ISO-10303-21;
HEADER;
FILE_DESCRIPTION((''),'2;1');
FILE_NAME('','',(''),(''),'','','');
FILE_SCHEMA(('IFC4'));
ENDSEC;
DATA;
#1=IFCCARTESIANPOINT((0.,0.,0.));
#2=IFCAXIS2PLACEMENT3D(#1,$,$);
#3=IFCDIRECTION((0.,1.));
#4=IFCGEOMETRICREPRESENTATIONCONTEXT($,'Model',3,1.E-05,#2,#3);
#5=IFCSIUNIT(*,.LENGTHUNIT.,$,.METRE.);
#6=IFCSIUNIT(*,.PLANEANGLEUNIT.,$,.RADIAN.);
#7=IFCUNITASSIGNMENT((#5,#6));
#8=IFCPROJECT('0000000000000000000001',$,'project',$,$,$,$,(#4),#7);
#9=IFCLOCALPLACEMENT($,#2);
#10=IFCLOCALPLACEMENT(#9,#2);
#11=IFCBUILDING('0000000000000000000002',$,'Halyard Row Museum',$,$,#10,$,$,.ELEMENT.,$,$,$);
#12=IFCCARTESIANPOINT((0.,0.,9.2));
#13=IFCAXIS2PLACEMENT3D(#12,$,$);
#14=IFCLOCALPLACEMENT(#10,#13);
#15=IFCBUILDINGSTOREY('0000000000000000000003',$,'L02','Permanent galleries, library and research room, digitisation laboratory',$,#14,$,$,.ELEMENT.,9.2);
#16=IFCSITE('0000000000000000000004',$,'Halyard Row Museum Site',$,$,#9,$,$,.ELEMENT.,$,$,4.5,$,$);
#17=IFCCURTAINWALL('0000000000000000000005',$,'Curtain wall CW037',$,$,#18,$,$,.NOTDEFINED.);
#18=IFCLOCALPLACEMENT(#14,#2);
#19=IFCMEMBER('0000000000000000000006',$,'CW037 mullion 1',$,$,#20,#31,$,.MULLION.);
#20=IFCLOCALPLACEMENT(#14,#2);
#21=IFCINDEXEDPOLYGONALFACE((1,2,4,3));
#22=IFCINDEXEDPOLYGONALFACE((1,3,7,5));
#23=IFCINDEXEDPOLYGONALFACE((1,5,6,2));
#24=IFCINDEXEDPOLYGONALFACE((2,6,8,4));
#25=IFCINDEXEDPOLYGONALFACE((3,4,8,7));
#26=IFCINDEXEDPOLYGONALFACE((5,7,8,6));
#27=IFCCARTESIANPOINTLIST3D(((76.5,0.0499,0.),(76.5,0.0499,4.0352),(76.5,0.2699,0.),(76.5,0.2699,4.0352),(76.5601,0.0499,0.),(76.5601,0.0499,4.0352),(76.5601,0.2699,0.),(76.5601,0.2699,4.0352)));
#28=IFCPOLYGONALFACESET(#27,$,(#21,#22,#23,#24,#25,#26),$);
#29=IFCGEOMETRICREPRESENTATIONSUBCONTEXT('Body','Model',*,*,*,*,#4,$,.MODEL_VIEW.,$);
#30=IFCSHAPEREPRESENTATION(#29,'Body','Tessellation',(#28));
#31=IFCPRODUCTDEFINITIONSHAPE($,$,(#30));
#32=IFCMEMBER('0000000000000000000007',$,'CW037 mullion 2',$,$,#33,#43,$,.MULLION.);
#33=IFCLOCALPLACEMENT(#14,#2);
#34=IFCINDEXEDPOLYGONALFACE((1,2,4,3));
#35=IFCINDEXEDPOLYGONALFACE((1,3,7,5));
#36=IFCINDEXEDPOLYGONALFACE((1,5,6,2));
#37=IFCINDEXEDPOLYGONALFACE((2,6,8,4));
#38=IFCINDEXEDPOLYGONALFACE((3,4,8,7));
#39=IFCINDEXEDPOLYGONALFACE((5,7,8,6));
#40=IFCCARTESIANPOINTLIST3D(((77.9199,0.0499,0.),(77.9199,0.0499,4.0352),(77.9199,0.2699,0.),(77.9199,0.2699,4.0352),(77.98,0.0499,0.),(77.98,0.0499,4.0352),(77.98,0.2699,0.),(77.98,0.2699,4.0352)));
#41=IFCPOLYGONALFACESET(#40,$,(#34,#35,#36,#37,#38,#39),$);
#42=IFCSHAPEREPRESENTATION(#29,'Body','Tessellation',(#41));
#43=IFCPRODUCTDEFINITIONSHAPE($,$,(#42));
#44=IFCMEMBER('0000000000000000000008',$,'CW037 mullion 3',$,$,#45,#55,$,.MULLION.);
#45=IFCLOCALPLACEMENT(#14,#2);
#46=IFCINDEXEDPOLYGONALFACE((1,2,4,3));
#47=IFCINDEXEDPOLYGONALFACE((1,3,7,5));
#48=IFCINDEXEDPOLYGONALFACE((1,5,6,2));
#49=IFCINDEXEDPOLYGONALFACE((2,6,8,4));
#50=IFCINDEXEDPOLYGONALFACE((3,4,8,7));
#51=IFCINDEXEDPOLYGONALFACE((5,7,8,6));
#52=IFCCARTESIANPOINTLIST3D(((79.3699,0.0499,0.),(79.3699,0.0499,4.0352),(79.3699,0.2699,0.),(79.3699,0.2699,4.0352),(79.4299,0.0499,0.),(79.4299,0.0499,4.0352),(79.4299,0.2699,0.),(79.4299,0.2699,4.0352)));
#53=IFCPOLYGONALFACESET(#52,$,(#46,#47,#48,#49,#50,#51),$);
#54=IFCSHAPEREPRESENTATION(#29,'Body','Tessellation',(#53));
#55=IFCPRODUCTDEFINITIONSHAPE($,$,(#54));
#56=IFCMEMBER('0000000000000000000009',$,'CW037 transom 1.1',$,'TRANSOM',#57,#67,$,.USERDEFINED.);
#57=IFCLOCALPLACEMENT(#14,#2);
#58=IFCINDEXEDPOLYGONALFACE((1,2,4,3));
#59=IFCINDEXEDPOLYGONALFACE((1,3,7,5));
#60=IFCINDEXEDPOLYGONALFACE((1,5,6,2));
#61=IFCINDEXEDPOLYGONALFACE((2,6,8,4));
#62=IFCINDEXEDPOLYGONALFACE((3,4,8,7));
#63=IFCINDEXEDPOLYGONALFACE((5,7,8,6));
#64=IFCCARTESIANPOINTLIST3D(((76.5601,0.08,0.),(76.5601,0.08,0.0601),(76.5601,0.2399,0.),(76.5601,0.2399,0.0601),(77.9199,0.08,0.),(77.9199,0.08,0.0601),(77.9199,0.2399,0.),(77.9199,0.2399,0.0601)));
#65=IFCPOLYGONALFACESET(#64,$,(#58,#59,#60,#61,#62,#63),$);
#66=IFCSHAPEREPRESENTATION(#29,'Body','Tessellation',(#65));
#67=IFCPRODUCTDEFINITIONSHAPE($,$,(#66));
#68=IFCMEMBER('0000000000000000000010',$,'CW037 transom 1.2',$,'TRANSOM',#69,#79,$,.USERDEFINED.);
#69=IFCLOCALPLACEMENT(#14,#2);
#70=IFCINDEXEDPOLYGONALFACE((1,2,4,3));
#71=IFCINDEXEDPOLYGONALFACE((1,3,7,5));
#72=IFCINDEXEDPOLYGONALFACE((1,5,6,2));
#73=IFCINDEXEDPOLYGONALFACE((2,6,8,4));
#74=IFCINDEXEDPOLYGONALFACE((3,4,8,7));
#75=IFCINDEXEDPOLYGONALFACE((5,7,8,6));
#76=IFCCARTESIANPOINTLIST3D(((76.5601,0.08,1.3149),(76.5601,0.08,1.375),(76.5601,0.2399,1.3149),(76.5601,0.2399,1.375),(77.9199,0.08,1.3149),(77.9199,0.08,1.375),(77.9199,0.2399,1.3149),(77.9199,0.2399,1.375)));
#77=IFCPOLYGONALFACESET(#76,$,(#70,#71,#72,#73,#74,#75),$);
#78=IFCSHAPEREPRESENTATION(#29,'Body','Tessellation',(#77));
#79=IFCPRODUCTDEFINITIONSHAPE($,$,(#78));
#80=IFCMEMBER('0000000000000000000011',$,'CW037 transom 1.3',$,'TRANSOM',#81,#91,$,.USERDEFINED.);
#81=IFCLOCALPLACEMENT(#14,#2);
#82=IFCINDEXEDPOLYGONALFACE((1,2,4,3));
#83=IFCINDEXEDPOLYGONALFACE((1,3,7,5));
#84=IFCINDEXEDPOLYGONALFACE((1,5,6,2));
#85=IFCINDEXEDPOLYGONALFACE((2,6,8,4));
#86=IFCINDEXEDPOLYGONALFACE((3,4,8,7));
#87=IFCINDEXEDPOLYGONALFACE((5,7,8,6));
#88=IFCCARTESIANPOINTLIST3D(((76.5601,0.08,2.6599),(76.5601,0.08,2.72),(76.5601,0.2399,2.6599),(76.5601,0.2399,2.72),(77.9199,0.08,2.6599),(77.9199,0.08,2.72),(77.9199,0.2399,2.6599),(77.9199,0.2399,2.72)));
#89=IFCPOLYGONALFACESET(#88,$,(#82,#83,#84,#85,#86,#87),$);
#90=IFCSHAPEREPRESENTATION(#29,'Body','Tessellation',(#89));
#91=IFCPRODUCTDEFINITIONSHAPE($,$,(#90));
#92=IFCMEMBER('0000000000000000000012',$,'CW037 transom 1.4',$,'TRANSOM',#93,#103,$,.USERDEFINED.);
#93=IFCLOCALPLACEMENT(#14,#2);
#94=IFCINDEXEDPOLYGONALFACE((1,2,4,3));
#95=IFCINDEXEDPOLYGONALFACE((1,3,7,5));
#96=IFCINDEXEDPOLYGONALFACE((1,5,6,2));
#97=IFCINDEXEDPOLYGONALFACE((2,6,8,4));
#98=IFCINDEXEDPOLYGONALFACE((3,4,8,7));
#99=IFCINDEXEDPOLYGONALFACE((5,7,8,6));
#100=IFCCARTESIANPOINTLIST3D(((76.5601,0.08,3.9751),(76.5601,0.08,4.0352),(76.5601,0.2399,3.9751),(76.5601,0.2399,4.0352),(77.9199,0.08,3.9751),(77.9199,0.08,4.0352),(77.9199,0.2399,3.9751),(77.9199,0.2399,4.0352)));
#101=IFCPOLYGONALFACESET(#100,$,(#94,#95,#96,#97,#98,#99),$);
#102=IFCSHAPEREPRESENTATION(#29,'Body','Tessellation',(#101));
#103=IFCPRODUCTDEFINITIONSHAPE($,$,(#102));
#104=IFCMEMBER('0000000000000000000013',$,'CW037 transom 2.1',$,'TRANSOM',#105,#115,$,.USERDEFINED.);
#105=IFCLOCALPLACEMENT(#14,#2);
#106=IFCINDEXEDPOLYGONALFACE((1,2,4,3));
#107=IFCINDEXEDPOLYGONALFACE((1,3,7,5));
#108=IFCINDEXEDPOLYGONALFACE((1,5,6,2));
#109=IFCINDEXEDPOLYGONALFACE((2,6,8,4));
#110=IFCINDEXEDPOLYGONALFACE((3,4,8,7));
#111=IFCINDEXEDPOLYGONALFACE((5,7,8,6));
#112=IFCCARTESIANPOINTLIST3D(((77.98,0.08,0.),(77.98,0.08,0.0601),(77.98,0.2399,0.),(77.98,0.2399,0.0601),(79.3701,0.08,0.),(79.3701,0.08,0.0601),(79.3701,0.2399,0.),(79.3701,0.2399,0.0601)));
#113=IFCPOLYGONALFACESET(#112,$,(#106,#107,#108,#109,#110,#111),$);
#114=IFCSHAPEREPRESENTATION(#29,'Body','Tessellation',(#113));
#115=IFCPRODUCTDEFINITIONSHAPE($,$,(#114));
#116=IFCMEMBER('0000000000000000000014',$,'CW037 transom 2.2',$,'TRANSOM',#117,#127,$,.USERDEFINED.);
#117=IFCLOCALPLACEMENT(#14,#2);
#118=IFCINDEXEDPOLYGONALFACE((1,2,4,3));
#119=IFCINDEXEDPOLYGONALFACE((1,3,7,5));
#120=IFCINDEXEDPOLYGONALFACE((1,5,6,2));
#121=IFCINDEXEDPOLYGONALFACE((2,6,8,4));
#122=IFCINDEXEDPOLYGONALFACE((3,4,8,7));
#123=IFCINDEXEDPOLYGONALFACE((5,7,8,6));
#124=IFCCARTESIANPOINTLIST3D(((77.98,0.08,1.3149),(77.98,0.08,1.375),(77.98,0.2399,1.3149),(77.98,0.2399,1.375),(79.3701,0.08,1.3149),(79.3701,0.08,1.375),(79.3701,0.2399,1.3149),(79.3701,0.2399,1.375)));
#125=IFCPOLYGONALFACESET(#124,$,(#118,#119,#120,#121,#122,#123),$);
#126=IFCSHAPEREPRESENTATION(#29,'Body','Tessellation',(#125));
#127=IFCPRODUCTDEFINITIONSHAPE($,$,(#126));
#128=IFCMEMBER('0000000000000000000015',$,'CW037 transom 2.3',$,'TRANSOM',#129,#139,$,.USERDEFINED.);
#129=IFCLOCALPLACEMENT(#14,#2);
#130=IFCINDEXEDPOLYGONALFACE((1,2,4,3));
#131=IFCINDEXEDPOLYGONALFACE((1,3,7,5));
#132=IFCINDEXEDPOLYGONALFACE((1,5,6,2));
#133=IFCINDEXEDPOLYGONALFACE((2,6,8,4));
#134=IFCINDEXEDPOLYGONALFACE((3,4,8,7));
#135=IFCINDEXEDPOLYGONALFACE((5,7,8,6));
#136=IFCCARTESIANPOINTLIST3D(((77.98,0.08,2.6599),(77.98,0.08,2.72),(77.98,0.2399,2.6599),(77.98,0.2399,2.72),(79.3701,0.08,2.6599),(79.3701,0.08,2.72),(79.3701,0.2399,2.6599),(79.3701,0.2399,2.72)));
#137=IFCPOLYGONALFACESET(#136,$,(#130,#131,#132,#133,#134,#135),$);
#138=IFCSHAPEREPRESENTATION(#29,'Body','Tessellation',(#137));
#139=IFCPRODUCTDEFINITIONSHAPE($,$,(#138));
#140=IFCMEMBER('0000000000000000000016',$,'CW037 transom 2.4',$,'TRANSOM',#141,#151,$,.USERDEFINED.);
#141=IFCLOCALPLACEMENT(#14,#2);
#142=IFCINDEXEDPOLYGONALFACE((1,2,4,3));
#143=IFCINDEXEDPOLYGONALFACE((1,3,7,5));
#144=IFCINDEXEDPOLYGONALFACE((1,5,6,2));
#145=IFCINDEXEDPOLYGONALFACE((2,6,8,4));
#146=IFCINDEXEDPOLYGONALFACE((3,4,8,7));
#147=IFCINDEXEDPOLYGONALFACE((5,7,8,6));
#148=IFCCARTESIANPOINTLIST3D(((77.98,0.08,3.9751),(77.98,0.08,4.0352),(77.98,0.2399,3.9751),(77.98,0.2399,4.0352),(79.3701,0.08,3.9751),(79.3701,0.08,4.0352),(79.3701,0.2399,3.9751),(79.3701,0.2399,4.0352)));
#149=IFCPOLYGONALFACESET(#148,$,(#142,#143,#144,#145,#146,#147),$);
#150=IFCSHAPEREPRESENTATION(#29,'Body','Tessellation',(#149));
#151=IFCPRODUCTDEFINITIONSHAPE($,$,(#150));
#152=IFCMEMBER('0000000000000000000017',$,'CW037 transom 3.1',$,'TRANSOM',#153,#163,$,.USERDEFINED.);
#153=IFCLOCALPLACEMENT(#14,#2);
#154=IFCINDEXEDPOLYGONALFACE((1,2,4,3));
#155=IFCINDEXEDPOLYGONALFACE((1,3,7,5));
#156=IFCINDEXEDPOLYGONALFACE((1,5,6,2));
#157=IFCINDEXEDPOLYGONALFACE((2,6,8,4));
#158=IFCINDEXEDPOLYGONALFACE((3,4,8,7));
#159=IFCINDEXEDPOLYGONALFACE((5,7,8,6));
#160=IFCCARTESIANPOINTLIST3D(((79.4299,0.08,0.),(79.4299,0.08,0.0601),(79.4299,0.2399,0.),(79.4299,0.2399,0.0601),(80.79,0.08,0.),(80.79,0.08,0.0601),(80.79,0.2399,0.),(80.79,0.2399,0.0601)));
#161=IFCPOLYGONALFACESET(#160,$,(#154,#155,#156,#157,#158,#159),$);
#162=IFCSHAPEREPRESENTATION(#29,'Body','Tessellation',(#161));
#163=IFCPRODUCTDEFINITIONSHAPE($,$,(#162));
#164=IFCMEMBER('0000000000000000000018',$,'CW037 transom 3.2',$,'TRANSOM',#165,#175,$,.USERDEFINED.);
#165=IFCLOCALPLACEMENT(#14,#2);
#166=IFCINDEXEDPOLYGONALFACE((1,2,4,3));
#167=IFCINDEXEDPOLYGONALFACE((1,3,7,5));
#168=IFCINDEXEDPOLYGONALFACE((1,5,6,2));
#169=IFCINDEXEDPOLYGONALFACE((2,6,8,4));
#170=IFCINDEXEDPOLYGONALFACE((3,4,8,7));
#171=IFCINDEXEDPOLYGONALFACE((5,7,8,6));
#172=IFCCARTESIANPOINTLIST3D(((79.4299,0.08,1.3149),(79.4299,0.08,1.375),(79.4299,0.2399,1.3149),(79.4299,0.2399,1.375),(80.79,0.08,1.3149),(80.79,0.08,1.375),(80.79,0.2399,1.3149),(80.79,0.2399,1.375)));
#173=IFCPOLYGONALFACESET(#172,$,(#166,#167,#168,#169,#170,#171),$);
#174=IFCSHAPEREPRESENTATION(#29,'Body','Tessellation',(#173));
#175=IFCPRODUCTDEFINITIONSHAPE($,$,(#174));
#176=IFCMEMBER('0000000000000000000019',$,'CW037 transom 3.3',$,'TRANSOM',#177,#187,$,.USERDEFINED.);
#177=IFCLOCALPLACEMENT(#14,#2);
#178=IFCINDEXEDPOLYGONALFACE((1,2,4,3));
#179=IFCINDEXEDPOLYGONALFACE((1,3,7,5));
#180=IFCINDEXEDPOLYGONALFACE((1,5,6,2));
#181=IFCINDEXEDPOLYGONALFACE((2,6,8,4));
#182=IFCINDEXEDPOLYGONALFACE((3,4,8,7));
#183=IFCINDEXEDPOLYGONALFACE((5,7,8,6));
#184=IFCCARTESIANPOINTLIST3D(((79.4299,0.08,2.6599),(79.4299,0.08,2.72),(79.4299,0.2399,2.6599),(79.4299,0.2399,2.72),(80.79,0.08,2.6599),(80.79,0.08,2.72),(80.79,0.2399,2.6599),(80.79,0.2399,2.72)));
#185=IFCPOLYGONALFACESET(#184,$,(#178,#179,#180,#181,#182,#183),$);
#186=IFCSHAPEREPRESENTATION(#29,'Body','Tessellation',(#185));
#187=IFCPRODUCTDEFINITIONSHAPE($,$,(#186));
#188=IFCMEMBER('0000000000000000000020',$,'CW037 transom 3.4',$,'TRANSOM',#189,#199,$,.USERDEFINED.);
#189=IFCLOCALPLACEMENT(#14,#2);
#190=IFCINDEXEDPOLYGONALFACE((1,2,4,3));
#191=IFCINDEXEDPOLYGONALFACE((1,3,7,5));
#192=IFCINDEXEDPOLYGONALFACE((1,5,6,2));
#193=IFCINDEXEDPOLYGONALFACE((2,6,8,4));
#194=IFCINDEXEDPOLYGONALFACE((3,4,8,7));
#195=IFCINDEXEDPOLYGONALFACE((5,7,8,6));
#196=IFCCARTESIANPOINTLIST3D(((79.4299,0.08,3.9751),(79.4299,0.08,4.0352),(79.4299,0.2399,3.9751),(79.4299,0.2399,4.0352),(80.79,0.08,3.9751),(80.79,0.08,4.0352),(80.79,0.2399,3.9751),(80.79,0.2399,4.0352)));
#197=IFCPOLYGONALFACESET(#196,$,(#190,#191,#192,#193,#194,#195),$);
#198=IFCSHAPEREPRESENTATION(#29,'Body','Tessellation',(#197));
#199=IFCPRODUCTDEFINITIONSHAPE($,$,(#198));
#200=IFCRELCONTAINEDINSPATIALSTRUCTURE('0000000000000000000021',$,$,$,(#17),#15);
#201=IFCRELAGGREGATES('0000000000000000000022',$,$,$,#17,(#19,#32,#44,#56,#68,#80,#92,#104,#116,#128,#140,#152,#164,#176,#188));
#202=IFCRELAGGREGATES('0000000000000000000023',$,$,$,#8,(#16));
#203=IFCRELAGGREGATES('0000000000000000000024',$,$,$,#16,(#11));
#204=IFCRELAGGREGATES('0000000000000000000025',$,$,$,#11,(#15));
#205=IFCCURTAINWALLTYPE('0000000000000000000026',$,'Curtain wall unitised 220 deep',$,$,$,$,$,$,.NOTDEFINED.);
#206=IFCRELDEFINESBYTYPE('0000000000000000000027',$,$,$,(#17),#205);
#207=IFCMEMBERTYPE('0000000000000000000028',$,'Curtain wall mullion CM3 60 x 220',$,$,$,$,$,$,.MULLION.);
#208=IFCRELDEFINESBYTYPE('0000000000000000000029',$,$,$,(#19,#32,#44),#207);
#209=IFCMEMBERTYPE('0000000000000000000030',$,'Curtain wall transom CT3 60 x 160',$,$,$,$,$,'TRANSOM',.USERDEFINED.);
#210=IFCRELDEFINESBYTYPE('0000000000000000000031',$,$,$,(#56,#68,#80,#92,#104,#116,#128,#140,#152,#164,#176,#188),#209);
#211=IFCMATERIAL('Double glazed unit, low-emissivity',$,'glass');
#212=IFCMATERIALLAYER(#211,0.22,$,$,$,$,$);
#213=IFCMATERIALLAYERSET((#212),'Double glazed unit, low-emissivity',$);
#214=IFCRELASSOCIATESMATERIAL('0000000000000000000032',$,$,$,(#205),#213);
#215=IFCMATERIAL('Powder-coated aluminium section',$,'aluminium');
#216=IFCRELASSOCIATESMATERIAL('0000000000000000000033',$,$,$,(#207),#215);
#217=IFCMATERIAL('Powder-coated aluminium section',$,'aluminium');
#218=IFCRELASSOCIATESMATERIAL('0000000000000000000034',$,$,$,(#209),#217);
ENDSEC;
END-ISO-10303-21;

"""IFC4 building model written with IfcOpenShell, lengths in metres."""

from ifc_helpers import new_model, si_unit, direction, frame, origin, origin_2d, place, context, subcontext, project, spatial, rectangle, extrude, material, layer, layer_set, material_profile, profile_set, type_object, element, aggregate, save


model = new_model("IFC4")

# Units and contexts
model_context = context("Model", 3, precision=1e-05, world=origin(), true_north=direction((0.0, 1.0)))
body_context = subcontext(model_context, "Body", "Model", "MODEL_VIEW")
ifc_project = project(units=[si_unit("LENGTHUNIT", "METRE"), si_unit("PLANEANGLEUNIT", "RADIAN")], contexts=[model_context])

# Site, building, storey
site_placement = place(None, origin())
site = spatial("IfcSite", under=ifc_project, at=site_placement, Name="Halyard Row Museum Site", CompositionType="ELEMENT", RefElevation=4.5)
building_placement = place(site_placement, origin())
building = spatial("IfcBuilding", under=site, at=building_placement, Name="Halyard Row Museum", CompositionType="ELEMENT")
storey_placement = place(building_placement, frame((0.0, 0.0, 9.2)))
storey = spatial("IfcBuildingStorey", under=building, at=storey_placement, Name="L02", Description="Permanent galleries, library and research room, digitisation laboratory", CompositionType="ELEMENT", Elevation=9.2)

# Curtain wall, members
ifc_material_1 = material(Name="Double glazed unit, low-emissivity", Category="glass")
ifc_layer_1 = layer(ifc_material_1, 0.22)
ifc_layer_set_1 = layer_set([ifc_layer_1], Name="Double glazed unit, low-emissivity")
curtain_wall_type = type_object("IfcCurtainWallType", Name="Curtain wall unitised 220 deep", PredefinedType="NOTDEFINED", material=ifc_layer_set_1)
curtain_wall_placement = place(storey_placement, origin())
curtain_wall = element("IfcCurtainWall", 1, at=curtain_wall_placement, inside=storey, type_object=curtain_wall_type, Name="Curtain wall CW037", PredefinedType="NOTDEFINED")
ifc_material_2 = material(Name="Powder-coated aluminium section", Category="aluminium")
ifc_material_profile_1 = material_profile(ifc_material_2, rectangle(XDim=0.22, YDim=0.0601, at=origin_2d()), Name="220x60 mullion")
ifc_profile_set_1 = profile_set([ifc_material_profile_1], Name="Powder-coated aluminium section")
member_type_1 = type_object("IfcMemberType", Name="Curtain wall mullion CM3 60 x 220", PredefinedType="MULLION", material=ifc_profile_set_1)
member_1_placement = place(storey_placement, frame((76.53, 0.1599, 0.0), z_axis=(0.0, 0.0, 1.0), x_axis=(0.0, 1.0, 0.0)))
member_1 = element("IfcMember", 2, at=member_1_placement, type_object=member_type_1, Name="CW037 mullion 1", PredefinedType="MULLION", context=body_context, shape_type="SweptSolid", body=[
    extrude(rectangle(XDim=0.22, YDim=0.0601, at=origin_2d()), origin(), (0.0, 0.0, 1.0), 4.0352),
])
member_2_placement = place(storey_placement, frame((77.95, 0.1599, 0.0), z_axis=(0.0, 0.0, 1.0), x_axis=(0.0, 1.0, 0.0)))
member_2 = element("IfcMember", 3, at=member_2_placement, type_object=member_type_1, Name="CW037 mullion 2", PredefinedType="MULLION", context=body_context, shape_type="SweptSolid", body=[
    extrude(rectangle(XDim=0.22, YDim=0.0601, at=origin_2d()), origin(), (0.0, 0.0, 1.0), 4.0352),
])
member_3_placement = place(storey_placement, frame((79.3999, 0.1599, 0.0), z_axis=(0.0, 0.0, 1.0), x_axis=(0.0, 1.0, 0.0)))
member_3 = element("IfcMember", 4, at=member_3_placement, type_object=member_type_1, Name="CW037 mullion 3", PredefinedType="MULLION", context=body_context, shape_type="SweptSolid", body=[
    extrude(rectangle(XDim=0.22, YDim=0.0601, at=origin_2d()), origin(), (0.0, 0.0, 1.0), 4.0352),
])
ifc_material_3 = material(Name="Powder-coated aluminium section", Category="aluminium")
ifc_material_profile_2 = material_profile(ifc_material_3, rectangle(XDim=0.1599, YDim=0.0601, at=origin_2d()), Name="160x60 transom")
ifc_profile_set_2 = profile_set([ifc_material_profile_2], Name="Powder-coated aluminium section")
member_type_2 = type_object("IfcMemberType", Name="Curtain wall transom CT3 60 x 160", ElementType="TRANSOM", PredefinedType="USERDEFINED", material=ifc_profile_set_2)
member_4_placement = place(storey_placement, frame((76.5601, 0.1599, 0.03), z_axis=(1.0, 0.0, 0.0), x_axis=(0.0, 1.0, 0.0)))
member_4 = element("IfcMember", 5, at=member_4_placement, type_object=member_type_2, Name="CW037 transom 1.1", ObjectType="TRANSOM", PredefinedType="USERDEFINED", context=body_context, shape_type="SweptSolid", body=[
    extrude(rectangle(XDim=0.1599, YDim=0.0601, at=origin_2d()), origin(), (0.0, 0.0, 1.0), 1.3599),
])
member_5_placement = place(storey_placement, frame((76.5601, 0.1599, 1.345), z_axis=(1.0, 0.0, 0.0), x_axis=(0.0, 1.0, 0.0)))
member_5 = element("IfcMember", 6, at=member_5_placement, type_object=member_type_2, Name="CW037 transom 1.2", ObjectType="TRANSOM", PredefinedType="USERDEFINED", context=body_context, shape_type="SweptSolid", body=[
    extrude(rectangle(XDim=0.1599, YDim=0.0601, at=origin_2d()), origin(), (0.0, 0.0, 1.0), 1.3599),
])
member_6_placement = place(storey_placement, frame((76.5601, 0.1599, 2.6899), z_axis=(1.0, 0.0, 0.0), x_axis=(0.0, 1.0, 0.0)))
member_6 = element("IfcMember", 7, at=member_6_placement, type_object=member_type_2, Name="CW037 transom 1.3", ObjectType="TRANSOM", PredefinedType="USERDEFINED", context=body_context, shape_type="SweptSolid", body=[
    extrude(rectangle(XDim=0.1599, YDim=0.0601, at=origin_2d()), origin(), (0.0, 0.0, 1.0), 1.3599),
])
member_7_placement = place(storey_placement, frame((76.5601, 0.1599, 4.0051), z_axis=(1.0, 0.0, 0.0), x_axis=(0.0, 1.0, 0.0)))
member_7 = element("IfcMember", 8, at=member_7_placement, type_object=member_type_2, Name="CW037 transom 1.4", ObjectType="TRANSOM", PredefinedType="USERDEFINED", context=body_context, shape_type="SweptSolid", body=[
    extrude(rectangle(XDim=0.1599, YDim=0.0601, at=origin_2d()), origin(), (0.0, 0.0, 1.0), 1.3599),
])
member_8_placement = place(storey_placement, frame((77.98, 0.1599, 0.03), z_axis=(1.0, 0.0, 0.0), x_axis=(0.0, 1.0, 0.0)))
member_8 = element("IfcMember", 9, at=member_8_placement, type_object=member_type_2, Name="CW037 transom 2.1", ObjectType="TRANSOM", PredefinedType="USERDEFINED", context=body_context, shape_type="SweptSolid", body=[
    extrude(rectangle(XDim=0.1599, YDim=0.0601, at=origin_2d()), origin(), (0.0, 0.0, 1.0), 1.3901),
])
member_9_placement = place(storey_placement, frame((77.98, 0.1599, 1.345), z_axis=(1.0, 0.0, 0.0), x_axis=(0.0, 1.0, 0.0)))
member_9 = element("IfcMember", 10, at=member_9_placement, type_object=member_type_2, Name="CW037 transom 2.2", ObjectType="TRANSOM", PredefinedType="USERDEFINED", context=body_context, shape_type="SweptSolid", body=[
    extrude(rectangle(XDim=0.1599, YDim=0.0601, at=origin_2d()), origin(), (0.0, 0.0, 1.0), 1.3901),
])
member_10_placement = place(storey_placement, frame((77.98, 0.1599, 2.6899), z_axis=(1.0, 0.0, 0.0), x_axis=(0.0, 1.0, 0.0)))
member_10 = element("IfcMember", 11, at=member_10_placement, type_object=member_type_2, Name="CW037 transom 2.3", ObjectType="TRANSOM", PredefinedType="USERDEFINED", context=body_context, shape_type="SweptSolid", body=[
    extrude(rectangle(XDim=0.1599, YDim=0.0601, at=origin_2d()), origin(), (0.0, 0.0, 1.0), 1.3901),
])
member_11_placement = place(storey_placement, frame((77.98, 0.1599, 4.0051), z_axis=(1.0, 0.0, 0.0), x_axis=(0.0, 1.0, 0.0)))
member_11 = element("IfcMember", 12, at=member_11_placement, type_object=member_type_2, Name="CW037 transom 2.4", ObjectType="TRANSOM", PredefinedType="USERDEFINED", context=body_context, shape_type="SweptSolid", body=[
    extrude(rectangle(XDim=0.1599, YDim=0.0601, at=origin_2d()), origin(), (0.0, 0.0, 1.0), 1.3901),
])
member_12_placement = place(storey_placement, frame((79.4299, 0.1599, 0.03), z_axis=(1.0, 0.0, 0.0), x_axis=(0.0, 1.0, 0.0)))
member_12 = element("IfcMember", 13, at=member_12_placement, type_object=member_type_2, Name="CW037 transom 3.1", ObjectType="TRANSOM", PredefinedType="USERDEFINED", context=body_context, shape_type="SweptSolid", body=[
    extrude(rectangle(XDim=0.1599, YDim=0.0601, at=origin_2d()), origin(), (0.0, 0.0, 1.0), 1.3601),
])
member_13_placement = place(storey_placement, frame((79.4299, 0.1599, 1.345), z_axis=(1.0, 0.0, 0.0), x_axis=(0.0, 1.0, 0.0)))
member_13 = element("IfcMember", 14, at=member_13_placement, type_object=member_type_2, Name="CW037 transom 3.2", ObjectType="TRANSOM", PredefinedType="USERDEFINED", context=body_context, shape_type="SweptSolid", body=[
    extrude(rectangle(XDim=0.1599, YDim=0.0601, at=origin_2d()), origin(), (0.0, 0.0, 1.0), 1.3601),
])
member_14_placement = place(storey_placement, frame((79.4299, 0.1599, 2.6899), z_axis=(1.0, 0.0, 0.0), x_axis=(0.0, 1.0, 0.0)))
member_14 = element("IfcMember", 15, at=member_14_placement, type_object=member_type_2, Name="CW037 transom 3.3", ObjectType="TRANSOM", PredefinedType="USERDEFINED", context=body_context, shape_type="SweptSolid", body=[
    extrude(rectangle(XDim=0.1599, YDim=0.0601, at=origin_2d()), origin(), (0.0, 0.0, 1.0), 1.3601),
])
member_15_placement = place(storey_placement, frame((79.4299, 0.1599, 4.0051), z_axis=(1.0, 0.0, 0.0), x_axis=(0.0, 1.0, 0.0)))
member_15 = element("IfcMember", 16, at=member_15_placement, type_object=member_type_2, Name="CW037 transom 3.4", ObjectType="TRANSOM", PredefinedType="USERDEFINED", context=body_context, shape_type="SweptSolid", body=[
    extrude(rectangle(XDim=0.1599, YDim=0.0601, at=origin_2d()), origin(), (0.0, 0.0, 1.0), 1.3601),
])

aggregate(curtain_wall, [member_1, member_2, member_3, member_4, member_5, member_6, member_7, member_8, member_9, member_10, member_11, member_12, member_13, member_14, member_15])

save(model, "model.ifc")
